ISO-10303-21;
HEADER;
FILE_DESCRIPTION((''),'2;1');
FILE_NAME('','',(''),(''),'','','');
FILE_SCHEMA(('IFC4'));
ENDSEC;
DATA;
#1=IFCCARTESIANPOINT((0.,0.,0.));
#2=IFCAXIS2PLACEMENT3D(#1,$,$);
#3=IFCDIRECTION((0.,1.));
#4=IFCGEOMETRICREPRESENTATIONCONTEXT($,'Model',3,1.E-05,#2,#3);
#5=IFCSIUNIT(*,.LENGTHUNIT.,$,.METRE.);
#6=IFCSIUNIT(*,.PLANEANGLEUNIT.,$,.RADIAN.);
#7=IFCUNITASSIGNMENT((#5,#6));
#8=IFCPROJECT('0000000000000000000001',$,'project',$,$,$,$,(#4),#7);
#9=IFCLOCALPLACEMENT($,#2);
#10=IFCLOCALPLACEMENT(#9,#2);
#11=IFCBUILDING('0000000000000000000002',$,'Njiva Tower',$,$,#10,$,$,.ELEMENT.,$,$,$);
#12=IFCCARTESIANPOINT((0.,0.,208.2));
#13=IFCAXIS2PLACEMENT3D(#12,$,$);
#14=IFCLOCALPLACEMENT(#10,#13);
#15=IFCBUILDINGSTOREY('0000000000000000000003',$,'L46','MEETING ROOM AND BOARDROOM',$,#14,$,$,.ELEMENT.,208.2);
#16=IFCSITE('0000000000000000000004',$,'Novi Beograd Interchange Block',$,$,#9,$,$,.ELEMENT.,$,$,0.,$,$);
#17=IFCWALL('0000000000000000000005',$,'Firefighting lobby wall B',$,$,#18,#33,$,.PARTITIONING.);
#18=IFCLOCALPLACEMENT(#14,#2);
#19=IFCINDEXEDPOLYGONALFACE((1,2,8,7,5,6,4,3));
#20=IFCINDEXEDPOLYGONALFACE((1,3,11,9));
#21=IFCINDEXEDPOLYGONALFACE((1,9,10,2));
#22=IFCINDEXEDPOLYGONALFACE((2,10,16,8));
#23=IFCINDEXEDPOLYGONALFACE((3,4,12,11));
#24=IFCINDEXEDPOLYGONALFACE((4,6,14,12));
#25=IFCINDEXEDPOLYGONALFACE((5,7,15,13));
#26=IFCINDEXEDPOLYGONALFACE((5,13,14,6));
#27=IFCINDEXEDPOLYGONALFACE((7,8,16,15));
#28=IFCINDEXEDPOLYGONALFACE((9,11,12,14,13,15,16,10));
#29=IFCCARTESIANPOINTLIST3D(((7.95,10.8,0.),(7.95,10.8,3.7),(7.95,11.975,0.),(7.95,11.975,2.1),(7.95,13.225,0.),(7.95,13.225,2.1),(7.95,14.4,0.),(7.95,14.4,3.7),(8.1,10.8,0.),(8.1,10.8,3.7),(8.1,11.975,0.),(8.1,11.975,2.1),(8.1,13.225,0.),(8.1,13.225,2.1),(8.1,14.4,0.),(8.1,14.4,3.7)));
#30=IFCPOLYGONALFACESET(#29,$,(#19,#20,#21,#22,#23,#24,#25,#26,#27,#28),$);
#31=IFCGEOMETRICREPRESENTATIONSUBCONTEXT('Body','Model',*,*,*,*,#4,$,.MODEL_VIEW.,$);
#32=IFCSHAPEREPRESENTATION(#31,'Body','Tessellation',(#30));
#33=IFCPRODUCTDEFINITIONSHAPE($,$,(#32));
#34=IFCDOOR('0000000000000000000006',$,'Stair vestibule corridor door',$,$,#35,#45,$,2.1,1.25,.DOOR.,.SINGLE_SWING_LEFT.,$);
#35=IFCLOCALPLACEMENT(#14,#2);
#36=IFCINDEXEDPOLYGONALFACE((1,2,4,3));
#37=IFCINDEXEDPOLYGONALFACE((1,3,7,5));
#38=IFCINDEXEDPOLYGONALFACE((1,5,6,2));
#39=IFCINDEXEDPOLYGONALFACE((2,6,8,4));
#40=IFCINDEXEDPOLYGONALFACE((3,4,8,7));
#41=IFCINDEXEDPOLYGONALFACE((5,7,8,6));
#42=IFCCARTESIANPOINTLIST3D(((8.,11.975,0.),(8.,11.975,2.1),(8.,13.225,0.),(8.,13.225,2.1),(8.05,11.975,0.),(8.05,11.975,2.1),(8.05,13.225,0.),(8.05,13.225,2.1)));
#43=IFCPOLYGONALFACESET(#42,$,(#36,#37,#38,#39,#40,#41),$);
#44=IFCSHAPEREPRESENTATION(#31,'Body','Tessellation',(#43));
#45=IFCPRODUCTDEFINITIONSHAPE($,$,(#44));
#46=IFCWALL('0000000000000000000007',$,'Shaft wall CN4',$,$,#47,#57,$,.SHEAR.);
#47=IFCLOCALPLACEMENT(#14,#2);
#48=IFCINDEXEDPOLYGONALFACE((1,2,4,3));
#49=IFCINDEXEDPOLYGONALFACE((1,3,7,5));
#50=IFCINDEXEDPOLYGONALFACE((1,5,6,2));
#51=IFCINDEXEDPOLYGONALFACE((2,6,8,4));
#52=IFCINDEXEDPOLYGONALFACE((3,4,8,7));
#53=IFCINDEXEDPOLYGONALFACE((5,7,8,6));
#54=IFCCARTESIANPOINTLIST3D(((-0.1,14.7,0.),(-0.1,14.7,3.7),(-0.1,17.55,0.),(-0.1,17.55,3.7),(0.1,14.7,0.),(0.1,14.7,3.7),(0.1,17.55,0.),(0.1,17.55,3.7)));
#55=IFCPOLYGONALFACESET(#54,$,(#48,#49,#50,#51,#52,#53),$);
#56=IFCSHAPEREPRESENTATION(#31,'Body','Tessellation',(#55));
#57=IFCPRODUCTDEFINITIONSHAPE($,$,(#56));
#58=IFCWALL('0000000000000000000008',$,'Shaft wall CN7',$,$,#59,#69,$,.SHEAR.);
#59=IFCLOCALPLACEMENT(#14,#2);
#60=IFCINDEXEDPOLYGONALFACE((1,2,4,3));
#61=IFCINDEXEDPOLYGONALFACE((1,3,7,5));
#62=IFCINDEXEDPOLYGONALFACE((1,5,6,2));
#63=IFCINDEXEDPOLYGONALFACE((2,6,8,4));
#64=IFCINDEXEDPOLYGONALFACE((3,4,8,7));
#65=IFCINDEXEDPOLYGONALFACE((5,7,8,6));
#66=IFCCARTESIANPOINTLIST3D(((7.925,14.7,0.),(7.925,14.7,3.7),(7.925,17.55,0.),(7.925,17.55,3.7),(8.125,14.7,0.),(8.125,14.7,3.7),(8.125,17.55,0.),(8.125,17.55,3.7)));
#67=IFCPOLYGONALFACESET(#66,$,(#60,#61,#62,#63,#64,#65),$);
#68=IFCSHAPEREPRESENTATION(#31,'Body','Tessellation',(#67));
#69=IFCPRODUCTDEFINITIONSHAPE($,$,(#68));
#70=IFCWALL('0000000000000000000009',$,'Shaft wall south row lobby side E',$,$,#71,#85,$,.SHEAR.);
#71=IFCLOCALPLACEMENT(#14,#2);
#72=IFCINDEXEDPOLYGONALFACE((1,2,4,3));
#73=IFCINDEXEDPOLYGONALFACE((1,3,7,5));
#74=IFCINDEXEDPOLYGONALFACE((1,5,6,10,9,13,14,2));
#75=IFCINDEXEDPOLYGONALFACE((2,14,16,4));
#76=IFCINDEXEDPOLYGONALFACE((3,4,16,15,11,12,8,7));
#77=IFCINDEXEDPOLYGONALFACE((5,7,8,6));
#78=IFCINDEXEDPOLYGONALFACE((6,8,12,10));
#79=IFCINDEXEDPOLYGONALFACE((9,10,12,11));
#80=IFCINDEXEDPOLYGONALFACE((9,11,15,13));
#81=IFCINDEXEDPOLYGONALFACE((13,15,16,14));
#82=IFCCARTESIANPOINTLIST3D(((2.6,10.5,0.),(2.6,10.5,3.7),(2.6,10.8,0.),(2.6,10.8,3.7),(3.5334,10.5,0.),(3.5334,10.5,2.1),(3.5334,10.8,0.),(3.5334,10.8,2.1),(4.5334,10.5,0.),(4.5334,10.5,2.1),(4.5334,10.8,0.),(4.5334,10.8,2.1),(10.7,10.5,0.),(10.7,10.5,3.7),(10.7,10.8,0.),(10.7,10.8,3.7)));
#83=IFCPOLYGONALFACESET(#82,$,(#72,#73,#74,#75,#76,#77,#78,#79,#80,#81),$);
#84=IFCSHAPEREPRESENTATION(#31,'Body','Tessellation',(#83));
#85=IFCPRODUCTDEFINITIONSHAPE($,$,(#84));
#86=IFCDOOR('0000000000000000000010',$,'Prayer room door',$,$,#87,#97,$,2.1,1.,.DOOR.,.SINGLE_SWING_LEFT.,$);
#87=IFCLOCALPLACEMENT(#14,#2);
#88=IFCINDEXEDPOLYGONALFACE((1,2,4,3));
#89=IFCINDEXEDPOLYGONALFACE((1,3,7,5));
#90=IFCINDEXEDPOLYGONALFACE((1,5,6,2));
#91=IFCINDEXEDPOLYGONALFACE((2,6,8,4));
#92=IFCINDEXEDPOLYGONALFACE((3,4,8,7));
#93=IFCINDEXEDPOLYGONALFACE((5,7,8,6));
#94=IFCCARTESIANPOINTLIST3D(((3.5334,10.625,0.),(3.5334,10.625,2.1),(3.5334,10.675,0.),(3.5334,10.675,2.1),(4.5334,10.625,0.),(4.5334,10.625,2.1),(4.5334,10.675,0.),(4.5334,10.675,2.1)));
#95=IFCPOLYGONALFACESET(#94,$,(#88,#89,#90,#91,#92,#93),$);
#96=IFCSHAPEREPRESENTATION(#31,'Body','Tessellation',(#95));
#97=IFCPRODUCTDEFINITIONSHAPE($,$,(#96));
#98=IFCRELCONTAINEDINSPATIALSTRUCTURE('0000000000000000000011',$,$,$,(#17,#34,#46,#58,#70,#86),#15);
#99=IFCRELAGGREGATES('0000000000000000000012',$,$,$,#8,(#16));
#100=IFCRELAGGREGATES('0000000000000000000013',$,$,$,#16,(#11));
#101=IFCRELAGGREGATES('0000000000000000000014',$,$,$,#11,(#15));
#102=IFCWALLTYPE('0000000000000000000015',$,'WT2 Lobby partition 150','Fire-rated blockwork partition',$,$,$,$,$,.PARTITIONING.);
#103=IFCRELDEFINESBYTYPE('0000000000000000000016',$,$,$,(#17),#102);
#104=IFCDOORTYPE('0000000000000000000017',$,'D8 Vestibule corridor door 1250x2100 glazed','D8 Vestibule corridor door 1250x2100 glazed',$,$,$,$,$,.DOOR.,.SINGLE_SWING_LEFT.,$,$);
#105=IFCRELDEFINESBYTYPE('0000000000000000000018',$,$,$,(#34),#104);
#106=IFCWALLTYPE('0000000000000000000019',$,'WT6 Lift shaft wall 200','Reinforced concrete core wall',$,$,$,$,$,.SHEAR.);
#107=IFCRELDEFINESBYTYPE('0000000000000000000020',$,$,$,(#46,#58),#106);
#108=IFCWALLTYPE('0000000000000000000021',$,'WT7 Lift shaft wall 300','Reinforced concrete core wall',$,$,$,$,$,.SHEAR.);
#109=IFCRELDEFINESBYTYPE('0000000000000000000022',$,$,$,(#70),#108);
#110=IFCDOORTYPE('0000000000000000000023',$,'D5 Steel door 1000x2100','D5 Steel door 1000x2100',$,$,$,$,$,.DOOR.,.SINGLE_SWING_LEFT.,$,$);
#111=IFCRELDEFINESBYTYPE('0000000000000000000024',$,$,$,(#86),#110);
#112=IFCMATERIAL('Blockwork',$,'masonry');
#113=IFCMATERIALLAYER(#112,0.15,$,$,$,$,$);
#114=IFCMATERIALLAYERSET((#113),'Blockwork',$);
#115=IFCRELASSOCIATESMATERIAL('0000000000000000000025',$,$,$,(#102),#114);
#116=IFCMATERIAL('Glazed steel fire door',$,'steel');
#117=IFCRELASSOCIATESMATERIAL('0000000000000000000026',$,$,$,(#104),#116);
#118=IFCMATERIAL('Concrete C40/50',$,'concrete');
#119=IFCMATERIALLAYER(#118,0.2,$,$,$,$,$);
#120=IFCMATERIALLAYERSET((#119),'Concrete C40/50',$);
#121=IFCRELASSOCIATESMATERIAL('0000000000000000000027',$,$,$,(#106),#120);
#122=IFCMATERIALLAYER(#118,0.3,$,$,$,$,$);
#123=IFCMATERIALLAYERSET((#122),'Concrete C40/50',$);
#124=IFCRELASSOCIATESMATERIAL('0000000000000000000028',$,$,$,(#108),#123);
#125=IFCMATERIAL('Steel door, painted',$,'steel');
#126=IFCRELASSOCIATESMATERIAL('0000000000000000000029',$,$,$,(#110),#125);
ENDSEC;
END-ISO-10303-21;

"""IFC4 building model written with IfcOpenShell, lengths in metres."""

from ifc_helpers import new_model, si_unit, direction, frame, frame_2d, origin, place, context, subcontext, project, spatial, rectangle, extrude, material, layer, layer_set, type_object, element, fill, save


model = new_model("IFC4")

# Units and contexts
model_context = context("Model", 3, precision=1e-05, world=origin(), true_north=direction((0.0, 1.0)))
body_context = subcontext(model_context, "Body", "Model", "MODEL_VIEW")
ifc_project = project(units=[si_unit("LENGTHUNIT", "METRE"), si_unit("PLANEANGLEUNIT", "RADIAN")], contexts=[model_context])

# Site, building, storey
site_placement = place(None, origin())
site = spatial("IfcSite", under=ifc_project, at=site_placement, Name="Novi Beograd Interchange Block", CompositionType="ELEMENT", RefElevation=0.0)
building_placement = place(site_placement, origin())
building = spatial("IfcBuilding", under=site, at=building_placement, Name="Njiva Tower", CompositionType="ELEMENT")
storey_placement = place(building_placement, frame((0.0, 0.0, 208.2)))
storey = spatial("IfcBuildingStorey", under=building, at=storey_placement, Name="L46", Description="MEETING ROOM AND BOARDROOM", CompositionType="ELEMENT", Elevation=208.2)

# Shared definitions
ifc_material_1 = material(Name="Blockwork", Category="masonry")

# Wall, opening, door
ifc_material_2 = material(Name="Concrete C40/50", Category="concrete")
ifc_material_3 = material(Name="Glazed steel fire door", Category="steel")
ifc_layer_1 = layer(ifc_material_1, 0.15)
ifc_layer_set_1 = layer_set([ifc_layer_1], Name="Blockwork")
wall_type_1 = type_object("IfcWallType", Name="WT2 Lobby partition 150", Description="Fire-rated blockwork partition", PredefinedType="PARTITIONING", material=ifc_layer_set_1)
wall_1_placement = place(storey_placement, frame((8.025, 10.8, 0.0), z_axis=(0.0, 0.0, 1.0), x_axis=(0.0, 1.0, 0.0)))
wall_1 = element("IfcWall", 1, at=wall_1_placement, inside=storey, type_object=wall_type_1, Name="Firefighting lobby wall B", PredefinedType="PARTITIONING", context=body_context, shape_type="SweptSolid", body=[
    extrude(rectangle(XDim=3.6, YDim=0.15, at=frame_2d((1.8, 0.0))), origin(), (0.0, 0.0, 1.0), 3.7),
])
opening_1_placement = place(wall_1_placement, frame((1.175, 0.0, 0.0)))
opening_1 = element("IfcOpeningElement", 2, at=opening_1_placement, cuts=wall_1, PredefinedType="OPENING", context=body_context, shape_type="SweptSolid", body=[
    extrude(rectangle(XDim=1.25, YDim=2.1, at=frame_2d((0.625, 1.05))), frame((0.0, 0.085, 0.0), z_axis=(0.0, -1.0, 0.0), x_axis=(1.0, 0.0, 0.0)), (0.0, 0.0, 1.0), 0.17),
])
door_type_1 = type_object("IfcDoorType", Name="D8 Vestibule corridor door 1250x2100 glazed", Description="D8 Vestibule corridor door 1250x2100 glazed", OperationType="SINGLE_SWING_LEFT", PredefinedType="DOOR", material=ifc_material_3)
door_1_placement = place(opening_1_placement, origin())
door_1 = element("IfcDoor", 3, at=door_1_placement, inside=storey, type_object=door_type_1, Name="Stair vestibule corridor door", OperationType="SINGLE_SWING_LEFT", OverallHeight=2.1, OverallWidth=1.25, PredefinedType="DOOR", context=body_context, shape_type="SweptSolid", body=[
    extrude(rectangle(XDim=1.25, YDim=2.1, at=frame_2d((0.625, 1.05))), frame((0.0, 0.025, 0.0), z_axis=(0.0, -1.0, 0.0), x_axis=(1.0, 0.0, 0.0)), (0.0, 0.0, 1.0), 0.05),
])
fill(opening_1, door_1)

# Walls
ifc_layer_2 = layer(ifc_material_2, 0.2)
ifc_layer_set_2 = layer_set([ifc_layer_2], Name="Concrete C40/50")
wall_type_2 = type_object("IfcWallType", Name="WT6 Lift shaft wall 200", Description="Reinforced concrete core wall", PredefinedType="SHEAR", material=ifc_layer_set_2)
for number, where, z_axis, x_axis, name in (
    (4, (0.0, 14.7, 0.0), (0.0, 0.0, 1.0), (0.0, 1.0, 0.0), "Shaft wall CN4"),
    (5, (8.025, 14.7, 0.0), (0.0, 0.0, 1.0), (0.0, 1.0, 0.0), "Shaft wall CN7"),
):
    element("IfcWall", number, at=place(storey_placement, frame(where, z_axis=z_axis, x_axis=x_axis)), inside=storey, type_object=wall_type_2, Name=name, PredefinedType="SHEAR", context=body_context, shape_type="SweptSolid", body=[
        extrude(rectangle(XDim=2.85, YDim=0.2, at=frame_2d((1.425, 0.0))), origin(), (0.0, 0.0, 1.0), 3.7),
    ])

# Wall, opening, door
ifc_layer_3 = layer(ifc_material_2, 0.3)
ifc_layer_set_3 = layer_set([ifc_layer_3], Name="Concrete C40/50")
wall_type_3 = type_object("IfcWallType", Name="WT7 Lift shaft wall 300", Description="Reinforced concrete core wall", PredefinedType="SHEAR", material=ifc_layer_set_3)
wall_2_placement = place(storey_placement, frame((2.6, 10.65, 0.0), z_axis=(0.0, 0.0, 1.0), x_axis=(1.0, 0.0, 0.0)))
wall_2 = element("IfcWall", 6, at=wall_2_placement, inside=storey, type_object=wall_type_3, Name="Shaft wall south row lobby side E", PredefinedType="SHEAR", context=body_context, shape_type="SweptSolid", body=[
    extrude(rectangle(XDim=8.1, YDim=0.3, at=frame_2d((4.05, 0.0))), origin(), (0.0, 0.0, 1.0), 3.7),
])
opening_2_placement = place(wall_2_placement, frame((0.9334, 0.0, 0.0)))
opening_2 = element("IfcOpeningElement", 7, at=opening_2_placement, cuts=wall_2, PredefinedType="OPENING", context=body_context, shape_type="SweptSolid", body=[
    extrude(rectangle(XDim=1.0, YDim=2.1, at=frame_2d((0.5, 1.05))), frame((0.0, 0.16, 0.0), z_axis=(0.0, -1.0, 0.0), x_axis=(1.0, 0.0, 0.0)), (0.0, 0.0, 1.0), 0.32),
])
ifc_material_4 = material(Name="Steel door, painted", Category="steel")
door_type_2 = type_object("IfcDoorType", Name="D5 Steel door 1000x2100", Description="D5 Steel door 1000x2100", OperationType="SINGLE_SWING_LEFT", PredefinedType="DOOR", material=ifc_material_4)
door_2_placement = place(opening_2_placement, origin())
door_2 = element("IfcDoor", 8, at=door_2_placement, inside=storey, type_object=door_type_2, Name="Prayer room door", OperationType="SINGLE_SWING_LEFT", OverallHeight=2.1, OverallWidth=1.0, PredefinedType="DOOR", context=body_context, shape_type="SweptSolid", body=[
    extrude(rectangle(XDim=1.0, YDim=2.1, at=frame_2d((0.5, 1.05))), frame((0.0, 0.025, 0.0), z_axis=(0.0, -1.0, 0.0), x_axis=(1.0, 0.0, 0.0)), (0.0, 0.0, 1.0), 0.05),
])
fill(opening_2, door_2)

save(model, "model.ifc")
